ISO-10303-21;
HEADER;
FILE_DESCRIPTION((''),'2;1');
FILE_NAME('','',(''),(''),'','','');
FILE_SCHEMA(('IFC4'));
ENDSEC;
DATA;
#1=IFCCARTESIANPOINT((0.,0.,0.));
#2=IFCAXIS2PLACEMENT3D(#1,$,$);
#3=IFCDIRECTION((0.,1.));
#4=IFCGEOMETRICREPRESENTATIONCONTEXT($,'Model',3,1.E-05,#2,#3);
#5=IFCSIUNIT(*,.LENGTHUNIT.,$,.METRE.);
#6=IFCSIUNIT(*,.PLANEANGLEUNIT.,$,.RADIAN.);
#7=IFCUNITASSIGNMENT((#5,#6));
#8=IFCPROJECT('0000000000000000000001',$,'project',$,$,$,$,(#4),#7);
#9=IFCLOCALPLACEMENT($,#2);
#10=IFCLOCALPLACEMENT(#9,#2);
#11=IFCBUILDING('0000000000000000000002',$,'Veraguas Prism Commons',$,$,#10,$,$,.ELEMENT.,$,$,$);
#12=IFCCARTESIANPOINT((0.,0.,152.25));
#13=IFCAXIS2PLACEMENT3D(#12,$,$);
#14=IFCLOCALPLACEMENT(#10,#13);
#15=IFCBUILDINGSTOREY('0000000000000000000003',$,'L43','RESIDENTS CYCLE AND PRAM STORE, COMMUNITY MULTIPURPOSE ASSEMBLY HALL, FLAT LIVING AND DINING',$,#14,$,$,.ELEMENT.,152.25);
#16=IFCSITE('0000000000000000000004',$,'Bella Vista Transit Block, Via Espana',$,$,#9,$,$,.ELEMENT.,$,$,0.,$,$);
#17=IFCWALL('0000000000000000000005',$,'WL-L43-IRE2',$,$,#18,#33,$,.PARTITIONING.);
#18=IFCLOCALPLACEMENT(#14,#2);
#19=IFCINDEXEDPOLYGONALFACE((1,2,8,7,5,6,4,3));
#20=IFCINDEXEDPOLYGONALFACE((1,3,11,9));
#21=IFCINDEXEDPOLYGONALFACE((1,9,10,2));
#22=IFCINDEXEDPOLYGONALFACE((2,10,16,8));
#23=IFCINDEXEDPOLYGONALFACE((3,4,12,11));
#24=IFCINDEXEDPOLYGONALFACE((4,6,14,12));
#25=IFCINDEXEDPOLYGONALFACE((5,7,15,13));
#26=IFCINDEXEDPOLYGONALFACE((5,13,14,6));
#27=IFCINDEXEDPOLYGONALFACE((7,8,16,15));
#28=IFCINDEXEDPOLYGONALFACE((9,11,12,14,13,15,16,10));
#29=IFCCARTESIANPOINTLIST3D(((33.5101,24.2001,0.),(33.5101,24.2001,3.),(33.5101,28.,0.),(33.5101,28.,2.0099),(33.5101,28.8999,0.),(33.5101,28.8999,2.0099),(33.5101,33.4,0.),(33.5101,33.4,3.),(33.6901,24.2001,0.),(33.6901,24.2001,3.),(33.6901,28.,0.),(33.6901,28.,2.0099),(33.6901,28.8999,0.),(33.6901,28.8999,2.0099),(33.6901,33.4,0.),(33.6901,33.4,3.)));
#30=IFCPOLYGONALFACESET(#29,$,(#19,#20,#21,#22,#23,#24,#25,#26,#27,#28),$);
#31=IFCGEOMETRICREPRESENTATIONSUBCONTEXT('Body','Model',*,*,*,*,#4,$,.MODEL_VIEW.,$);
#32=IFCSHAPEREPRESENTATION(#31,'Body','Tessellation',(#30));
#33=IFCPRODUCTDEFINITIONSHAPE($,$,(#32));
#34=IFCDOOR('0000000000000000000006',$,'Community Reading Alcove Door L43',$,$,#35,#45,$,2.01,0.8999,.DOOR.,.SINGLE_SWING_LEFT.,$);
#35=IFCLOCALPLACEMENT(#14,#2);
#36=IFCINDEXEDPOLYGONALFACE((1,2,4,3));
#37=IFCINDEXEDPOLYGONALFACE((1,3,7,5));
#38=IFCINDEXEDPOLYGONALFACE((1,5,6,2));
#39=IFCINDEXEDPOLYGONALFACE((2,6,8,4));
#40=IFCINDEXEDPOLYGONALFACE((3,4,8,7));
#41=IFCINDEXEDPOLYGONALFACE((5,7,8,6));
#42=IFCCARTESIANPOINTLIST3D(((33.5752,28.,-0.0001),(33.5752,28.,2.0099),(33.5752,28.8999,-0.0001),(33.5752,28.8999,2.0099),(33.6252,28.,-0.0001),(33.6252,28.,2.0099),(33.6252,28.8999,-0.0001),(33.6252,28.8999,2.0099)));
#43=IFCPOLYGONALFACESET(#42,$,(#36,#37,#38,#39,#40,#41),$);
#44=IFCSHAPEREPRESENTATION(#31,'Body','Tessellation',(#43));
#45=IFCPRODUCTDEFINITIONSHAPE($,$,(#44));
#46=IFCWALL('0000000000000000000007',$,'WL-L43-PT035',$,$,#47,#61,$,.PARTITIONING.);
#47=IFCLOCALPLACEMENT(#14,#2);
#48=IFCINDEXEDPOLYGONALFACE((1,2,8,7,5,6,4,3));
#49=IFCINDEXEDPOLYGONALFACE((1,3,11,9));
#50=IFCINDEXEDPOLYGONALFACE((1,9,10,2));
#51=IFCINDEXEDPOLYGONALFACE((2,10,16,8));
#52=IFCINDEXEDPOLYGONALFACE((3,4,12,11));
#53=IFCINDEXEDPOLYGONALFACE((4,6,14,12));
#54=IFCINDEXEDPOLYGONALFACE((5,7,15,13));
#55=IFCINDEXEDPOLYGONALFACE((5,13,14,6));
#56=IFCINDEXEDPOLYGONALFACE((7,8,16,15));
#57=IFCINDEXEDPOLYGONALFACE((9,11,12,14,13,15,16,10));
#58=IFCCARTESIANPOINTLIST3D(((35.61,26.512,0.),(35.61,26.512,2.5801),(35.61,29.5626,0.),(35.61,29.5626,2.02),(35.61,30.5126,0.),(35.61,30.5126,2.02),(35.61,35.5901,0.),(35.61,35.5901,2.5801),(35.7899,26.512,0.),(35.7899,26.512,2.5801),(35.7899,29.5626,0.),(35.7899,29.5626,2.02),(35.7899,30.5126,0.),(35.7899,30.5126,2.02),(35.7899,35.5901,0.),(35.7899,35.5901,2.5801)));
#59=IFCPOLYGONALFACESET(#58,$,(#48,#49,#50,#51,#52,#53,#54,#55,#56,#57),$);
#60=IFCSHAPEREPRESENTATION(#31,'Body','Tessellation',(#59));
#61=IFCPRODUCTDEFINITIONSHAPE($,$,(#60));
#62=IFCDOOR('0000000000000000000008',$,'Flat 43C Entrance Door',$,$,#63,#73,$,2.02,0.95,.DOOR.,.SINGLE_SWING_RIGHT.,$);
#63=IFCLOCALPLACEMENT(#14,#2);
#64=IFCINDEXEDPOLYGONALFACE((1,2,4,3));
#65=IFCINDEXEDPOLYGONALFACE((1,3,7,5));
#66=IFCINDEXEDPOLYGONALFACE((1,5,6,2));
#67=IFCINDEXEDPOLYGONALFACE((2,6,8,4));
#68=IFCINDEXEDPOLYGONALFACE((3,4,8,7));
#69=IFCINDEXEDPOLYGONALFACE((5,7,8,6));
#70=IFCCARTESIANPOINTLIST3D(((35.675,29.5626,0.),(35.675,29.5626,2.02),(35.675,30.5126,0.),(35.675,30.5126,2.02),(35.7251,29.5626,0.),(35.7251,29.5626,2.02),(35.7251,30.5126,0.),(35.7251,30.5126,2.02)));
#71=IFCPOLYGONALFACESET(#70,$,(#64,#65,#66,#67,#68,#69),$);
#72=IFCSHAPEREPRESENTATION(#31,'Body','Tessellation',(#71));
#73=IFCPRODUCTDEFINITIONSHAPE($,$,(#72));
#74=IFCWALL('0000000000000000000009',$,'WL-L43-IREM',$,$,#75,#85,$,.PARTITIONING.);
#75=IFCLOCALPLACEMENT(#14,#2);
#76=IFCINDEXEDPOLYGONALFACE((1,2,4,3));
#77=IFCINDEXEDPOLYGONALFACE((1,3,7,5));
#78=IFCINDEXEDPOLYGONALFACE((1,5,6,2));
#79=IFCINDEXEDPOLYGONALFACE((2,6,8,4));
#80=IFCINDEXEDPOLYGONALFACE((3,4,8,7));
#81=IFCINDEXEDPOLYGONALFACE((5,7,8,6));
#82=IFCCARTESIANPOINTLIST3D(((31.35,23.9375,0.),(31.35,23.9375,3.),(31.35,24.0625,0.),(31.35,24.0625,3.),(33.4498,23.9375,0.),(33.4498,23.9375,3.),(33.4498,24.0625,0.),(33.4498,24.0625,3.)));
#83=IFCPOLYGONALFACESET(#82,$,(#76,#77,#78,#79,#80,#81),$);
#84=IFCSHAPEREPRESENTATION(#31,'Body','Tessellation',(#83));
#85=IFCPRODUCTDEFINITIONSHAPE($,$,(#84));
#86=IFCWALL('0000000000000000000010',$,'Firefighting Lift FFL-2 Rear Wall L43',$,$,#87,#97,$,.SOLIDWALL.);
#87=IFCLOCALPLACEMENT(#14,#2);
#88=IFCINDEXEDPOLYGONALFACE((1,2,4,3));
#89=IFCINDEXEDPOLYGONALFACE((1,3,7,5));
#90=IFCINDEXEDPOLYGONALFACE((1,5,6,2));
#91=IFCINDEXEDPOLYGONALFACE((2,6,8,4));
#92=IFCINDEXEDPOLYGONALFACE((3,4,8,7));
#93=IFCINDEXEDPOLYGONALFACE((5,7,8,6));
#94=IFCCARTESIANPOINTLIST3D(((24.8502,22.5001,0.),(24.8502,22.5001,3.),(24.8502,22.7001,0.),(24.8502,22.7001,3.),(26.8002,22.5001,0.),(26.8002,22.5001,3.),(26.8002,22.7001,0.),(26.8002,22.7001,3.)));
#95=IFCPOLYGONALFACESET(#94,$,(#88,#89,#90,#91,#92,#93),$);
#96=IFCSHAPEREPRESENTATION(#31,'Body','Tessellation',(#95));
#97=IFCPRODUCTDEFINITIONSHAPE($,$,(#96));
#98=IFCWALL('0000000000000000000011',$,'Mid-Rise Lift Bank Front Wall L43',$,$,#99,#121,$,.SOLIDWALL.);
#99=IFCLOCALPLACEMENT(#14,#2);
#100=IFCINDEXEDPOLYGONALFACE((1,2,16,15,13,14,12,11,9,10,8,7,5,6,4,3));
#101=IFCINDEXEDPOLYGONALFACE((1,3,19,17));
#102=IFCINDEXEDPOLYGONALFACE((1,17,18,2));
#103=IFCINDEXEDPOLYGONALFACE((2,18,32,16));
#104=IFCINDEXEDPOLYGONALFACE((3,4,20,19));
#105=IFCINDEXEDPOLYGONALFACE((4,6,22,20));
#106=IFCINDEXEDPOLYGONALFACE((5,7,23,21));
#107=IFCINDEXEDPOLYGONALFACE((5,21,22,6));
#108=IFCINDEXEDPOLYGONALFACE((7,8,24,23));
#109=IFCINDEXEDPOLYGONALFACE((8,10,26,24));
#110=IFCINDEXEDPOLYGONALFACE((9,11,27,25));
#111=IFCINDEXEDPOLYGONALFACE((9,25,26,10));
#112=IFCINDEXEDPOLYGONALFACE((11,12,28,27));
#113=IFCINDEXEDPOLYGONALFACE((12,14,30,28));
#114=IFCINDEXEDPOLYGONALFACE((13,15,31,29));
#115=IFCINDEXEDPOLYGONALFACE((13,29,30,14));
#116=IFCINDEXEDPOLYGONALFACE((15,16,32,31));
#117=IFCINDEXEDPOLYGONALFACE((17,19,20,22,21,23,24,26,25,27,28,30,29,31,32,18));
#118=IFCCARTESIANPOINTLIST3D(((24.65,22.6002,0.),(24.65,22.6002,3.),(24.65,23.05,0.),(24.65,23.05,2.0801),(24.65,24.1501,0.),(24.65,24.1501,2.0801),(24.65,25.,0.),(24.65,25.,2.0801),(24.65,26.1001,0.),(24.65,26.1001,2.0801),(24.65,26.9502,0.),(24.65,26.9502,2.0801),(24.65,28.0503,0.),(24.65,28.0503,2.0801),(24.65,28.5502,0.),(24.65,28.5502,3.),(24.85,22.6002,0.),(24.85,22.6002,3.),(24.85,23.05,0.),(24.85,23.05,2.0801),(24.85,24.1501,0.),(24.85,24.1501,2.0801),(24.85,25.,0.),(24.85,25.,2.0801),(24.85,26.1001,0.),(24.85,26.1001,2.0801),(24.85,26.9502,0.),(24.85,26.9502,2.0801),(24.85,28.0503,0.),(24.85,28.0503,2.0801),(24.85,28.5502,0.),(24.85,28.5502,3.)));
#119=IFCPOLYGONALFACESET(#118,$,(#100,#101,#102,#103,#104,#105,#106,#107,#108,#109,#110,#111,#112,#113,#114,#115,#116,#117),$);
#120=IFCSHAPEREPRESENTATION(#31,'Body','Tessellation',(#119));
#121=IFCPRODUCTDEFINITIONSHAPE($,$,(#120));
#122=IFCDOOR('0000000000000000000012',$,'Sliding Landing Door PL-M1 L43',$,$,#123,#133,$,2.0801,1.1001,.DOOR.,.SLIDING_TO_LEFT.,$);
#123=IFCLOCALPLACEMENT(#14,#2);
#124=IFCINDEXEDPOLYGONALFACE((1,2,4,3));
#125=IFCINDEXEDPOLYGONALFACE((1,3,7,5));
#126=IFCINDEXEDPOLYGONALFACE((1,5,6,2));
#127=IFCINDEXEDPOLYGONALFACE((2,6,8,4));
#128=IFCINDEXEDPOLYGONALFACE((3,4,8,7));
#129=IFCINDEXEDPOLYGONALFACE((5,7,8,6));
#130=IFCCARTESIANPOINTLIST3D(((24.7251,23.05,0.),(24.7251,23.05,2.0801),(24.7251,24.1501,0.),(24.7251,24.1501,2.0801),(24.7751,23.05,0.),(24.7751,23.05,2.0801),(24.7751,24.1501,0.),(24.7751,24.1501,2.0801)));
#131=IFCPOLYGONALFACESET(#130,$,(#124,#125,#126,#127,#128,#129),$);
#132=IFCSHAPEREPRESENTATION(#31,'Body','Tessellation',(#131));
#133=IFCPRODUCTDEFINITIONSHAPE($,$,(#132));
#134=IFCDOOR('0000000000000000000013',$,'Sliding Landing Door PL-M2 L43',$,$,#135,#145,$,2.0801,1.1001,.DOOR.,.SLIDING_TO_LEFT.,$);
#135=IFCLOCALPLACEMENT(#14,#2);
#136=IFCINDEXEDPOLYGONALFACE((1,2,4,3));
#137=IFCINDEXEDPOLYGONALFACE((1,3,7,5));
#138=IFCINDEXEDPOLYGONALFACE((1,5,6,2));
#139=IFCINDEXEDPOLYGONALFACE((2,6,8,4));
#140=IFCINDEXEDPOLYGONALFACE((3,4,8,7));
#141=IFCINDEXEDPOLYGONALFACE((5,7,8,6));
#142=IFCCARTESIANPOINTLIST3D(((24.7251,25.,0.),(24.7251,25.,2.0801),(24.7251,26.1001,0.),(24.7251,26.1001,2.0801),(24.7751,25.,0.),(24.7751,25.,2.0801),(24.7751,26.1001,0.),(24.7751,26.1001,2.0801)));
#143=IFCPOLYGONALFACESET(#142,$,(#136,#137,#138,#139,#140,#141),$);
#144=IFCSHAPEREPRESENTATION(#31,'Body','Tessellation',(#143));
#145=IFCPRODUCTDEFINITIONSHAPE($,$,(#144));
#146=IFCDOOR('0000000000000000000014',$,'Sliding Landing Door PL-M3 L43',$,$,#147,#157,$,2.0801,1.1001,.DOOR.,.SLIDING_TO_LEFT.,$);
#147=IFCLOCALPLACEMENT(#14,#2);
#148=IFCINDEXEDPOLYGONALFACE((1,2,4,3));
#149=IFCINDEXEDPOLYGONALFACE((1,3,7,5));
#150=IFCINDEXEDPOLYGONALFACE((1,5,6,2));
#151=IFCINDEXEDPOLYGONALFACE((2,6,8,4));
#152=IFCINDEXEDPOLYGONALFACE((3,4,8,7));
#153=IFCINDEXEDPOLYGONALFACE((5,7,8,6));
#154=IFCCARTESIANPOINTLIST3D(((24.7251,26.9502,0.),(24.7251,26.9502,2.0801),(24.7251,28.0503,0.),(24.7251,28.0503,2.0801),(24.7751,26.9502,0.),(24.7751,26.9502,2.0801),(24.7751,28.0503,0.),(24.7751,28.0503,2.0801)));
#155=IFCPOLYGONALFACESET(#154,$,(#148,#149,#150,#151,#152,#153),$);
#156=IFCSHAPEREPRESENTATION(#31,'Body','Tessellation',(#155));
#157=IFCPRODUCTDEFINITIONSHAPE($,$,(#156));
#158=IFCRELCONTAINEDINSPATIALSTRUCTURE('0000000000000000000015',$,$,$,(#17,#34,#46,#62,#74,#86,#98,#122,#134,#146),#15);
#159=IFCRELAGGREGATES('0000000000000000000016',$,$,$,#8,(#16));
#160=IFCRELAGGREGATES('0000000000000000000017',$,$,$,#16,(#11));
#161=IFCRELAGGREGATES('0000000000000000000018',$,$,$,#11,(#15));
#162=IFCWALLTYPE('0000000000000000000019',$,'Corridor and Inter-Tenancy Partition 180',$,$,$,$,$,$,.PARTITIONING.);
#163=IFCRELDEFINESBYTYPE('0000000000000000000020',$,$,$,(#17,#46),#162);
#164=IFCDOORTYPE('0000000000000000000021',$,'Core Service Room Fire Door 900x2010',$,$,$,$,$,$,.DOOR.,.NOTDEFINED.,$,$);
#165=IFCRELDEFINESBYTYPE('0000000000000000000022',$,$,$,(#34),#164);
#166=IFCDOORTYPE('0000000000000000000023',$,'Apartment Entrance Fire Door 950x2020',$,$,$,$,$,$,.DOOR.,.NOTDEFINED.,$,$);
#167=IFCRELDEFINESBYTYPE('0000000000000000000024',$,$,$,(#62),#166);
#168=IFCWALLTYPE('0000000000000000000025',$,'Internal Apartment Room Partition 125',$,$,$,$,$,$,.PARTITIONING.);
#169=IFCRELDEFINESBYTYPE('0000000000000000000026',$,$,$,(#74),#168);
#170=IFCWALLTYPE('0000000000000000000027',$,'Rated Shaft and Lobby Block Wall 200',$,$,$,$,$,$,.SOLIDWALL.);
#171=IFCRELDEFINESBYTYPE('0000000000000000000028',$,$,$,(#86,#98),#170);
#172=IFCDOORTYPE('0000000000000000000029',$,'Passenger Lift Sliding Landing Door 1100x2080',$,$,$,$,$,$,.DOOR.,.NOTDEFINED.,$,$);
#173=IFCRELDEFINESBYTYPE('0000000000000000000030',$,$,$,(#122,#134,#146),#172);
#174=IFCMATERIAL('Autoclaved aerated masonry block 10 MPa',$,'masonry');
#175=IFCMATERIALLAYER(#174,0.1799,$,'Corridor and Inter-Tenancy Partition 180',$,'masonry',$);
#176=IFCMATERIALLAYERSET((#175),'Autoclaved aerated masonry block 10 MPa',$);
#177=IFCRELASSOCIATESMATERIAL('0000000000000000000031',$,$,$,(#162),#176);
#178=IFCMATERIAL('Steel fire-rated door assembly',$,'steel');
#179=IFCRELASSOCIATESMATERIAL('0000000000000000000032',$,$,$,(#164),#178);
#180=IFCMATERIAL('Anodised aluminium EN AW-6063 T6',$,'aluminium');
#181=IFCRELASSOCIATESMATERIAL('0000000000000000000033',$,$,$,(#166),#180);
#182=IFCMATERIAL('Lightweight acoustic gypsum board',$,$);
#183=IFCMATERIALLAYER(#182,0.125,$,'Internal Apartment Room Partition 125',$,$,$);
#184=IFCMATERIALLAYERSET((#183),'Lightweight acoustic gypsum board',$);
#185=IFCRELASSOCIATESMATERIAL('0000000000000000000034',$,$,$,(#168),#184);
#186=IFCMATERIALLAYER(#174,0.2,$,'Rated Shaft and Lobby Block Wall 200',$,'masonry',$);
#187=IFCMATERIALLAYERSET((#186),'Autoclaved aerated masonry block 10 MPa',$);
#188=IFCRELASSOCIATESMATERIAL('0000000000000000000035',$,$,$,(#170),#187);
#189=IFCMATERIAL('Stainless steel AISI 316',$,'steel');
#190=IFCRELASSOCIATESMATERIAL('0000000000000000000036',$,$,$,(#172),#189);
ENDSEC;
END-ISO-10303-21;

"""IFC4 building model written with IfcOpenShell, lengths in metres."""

from ifc_helpers import new_model, si_unit, direction, frame, frame_2d, origin, place, context, subcontext, project, spatial, rectangle, extrude, source, transform, mapped, material, layer, layer_set, type_object, element, fill, save


model = new_model("IFC4")

# Units and contexts
model_context = context("Model", 3, precision=1e-05, world=origin(), true_north=direction((0.0, 1.0)))
body_context = subcontext(model_context, "Body", "Model", "MODEL_VIEW")
ifc_project = project(units=[si_unit("LENGTHUNIT", "METRE"), si_unit("PLANEANGLEUNIT", "RADIAN")], contexts=[model_context])

# Site, building, storey
site_placement = place(None, origin())
site = spatial("IfcSite", under=ifc_project, at=site_placement, Name="Bella Vista Transit Block, Via Espana", CompositionType="ELEMENT", RefElevation=0.0)
building_placement = place(site_placement, origin())
building = spatial("IfcBuilding", under=site, at=building_placement, Name="Veraguas Prism Commons", CompositionType="ELEMENT")
storey_placement = place(building_placement, frame((0.0, 0.0, 152.25)))
storey = spatial("IfcBuildingStorey", under=building, at=storey_placement, Name="L43", Description="RESIDENTS CYCLE AND PRAM STORE, COMMUNITY MULTIPURPOSE ASSEMBLY HALL, FLAT LIVING AND DINING", CompositionType="ELEMENT", Elevation=152.25)

# Shared definitions
ifc_material_1 = material(Name="Steel fire-rated door assembly", Category="steel")

# Walls, openings, doors
ifc_material_2 = material(Name="Autoclaved aerated masonry block 10 MPa", Category="masonry")
ifc_layer_1 = layer(ifc_material_2, 0.1799, Name="Corridor and Inter-Tenancy Partition 180", Category="masonry")
ifc_layer_set_1 = layer_set([ifc_layer_1], Name="Autoclaved aerated masonry block 10 MPa")
wall_type_1 = type_object("IfcWallType", Name="Corridor and Inter-Tenancy Partition 180", PredefinedType="PARTITIONING", material=ifc_layer_set_1)
door_type_1 = type_object("IfcDoorType", Name="Core Service Room Fire Door 900x2010", OperationType="NOTDEFINED", PredefinedType="DOOR", material=ifc_material_1)
shared_shape_1 = source(origin(), body_context, "Body", "SweptSolid", [
    extrude(rectangle(XDim=0.8999, YDim=2.01, at=frame_2d((0.45, 1.0049))), frame((0.0, 0.0249, 0.0), z_axis=(0.0, -1.0, 0.0), x_axis=(1.0, 0.0, 0.0)), (0.0, 0.0, 1.0), 0.05),
])
wall_1_placement = place(storey_placement, frame((33.6001, 24.2, 0.0), z_axis=(0.0, 0.0, 1.0), x_axis=(0.0, 1.0, 0.0)))
wall_1 = element("IfcWall", 1, at=wall_1_placement, inside=storey, type_object=wall_type_1, Name="WL-L43-IRE2", PredefinedType="PARTITIONING", context=body_context, shape_type="SweptSolid", body=[
    extrude(rectangle(XDim=9.2, YDim=0.1799, at=frame_2d((4.6001, 0.0))), origin(), (0.0, 0.0, 1.0), 3.0),
])
opening_1_placement = place(wall_1_placement, frame((3.8, 0.0, 0.0)))
opening_1 = element("IfcOpeningElement", 2, at=opening_1_placement, cuts=wall_1, PredefinedType="OPENING", context=body_context, shape_type="SweptSolid", body=[
    extrude(rectangle(XDim=0.8999, YDim=2.01, at=frame_2d((0.45, 1.0049))), frame((0.0, 0.0999, 0.0), z_axis=(0.0, -1.0, 0.0), x_axis=(1.0, 0.0, 0.0)), (0.0, 0.0, 1.0), 0.2),
])
door_1_placement = place(opening_1_placement, origin())
door_1 = element("IfcDoor", 3, at=door_1_placement, inside=storey, type_object=door_type_1, Name="Community Reading Alcove Door L43", OperationType="SINGLE_SWING_LEFT", OverallHeight=2.01, OverallWidth=0.8999, PredefinedType="DOOR", context=body_context, shape_type="MappedRepresentation", body=[
    mapped(shared_shape_1, transform((0.0, 0.0, 0.0), scale=1.0)),
])
fill(opening_1, door_1)
wall_2_placement = place(storey_placement, frame((35.7, 26.512, 0.0), z_axis=(0.0, 0.0, 1.0), x_axis=(0.0, 1.0, 0.0)))
wall_2 = element("IfcWall", 4, at=wall_2_placement, inside=storey, type_object=wall_type_1, Name="WL-L43-PT035", PredefinedType="PARTITIONING", context=body_context, shape_type="SweptSolid", body=[
    extrude(rectangle(XDim=9.0781, YDim=0.1799, at=frame_2d((4.5391, 0.0))), origin(), (0.0, 0.0, 1.0), 2.5801),
])
opening_2_placement = place(wall_2_placement, frame((3.0505, 0.0, 0.0)))
opening_2 = element("IfcOpeningElement", 5, at=opening_2_placement, cuts=wall_2, PredefinedType="OPENING", context=body_context, shape_type="SweptSolid", body=[
    extrude(rectangle(XDim=0.95, YDim=2.02, at=frame_2d((0.4751, 1.01))), frame((0.0, 0.0999, 0.0), z_axis=(0.0, -1.0, 0.0), x_axis=(1.0, 0.0, 0.0)), (0.0, 0.0, 1.0), 0.2),
])
ifc_material_3 = material(Name="Anodised aluminium EN AW-6063 T6", Category="aluminium")
door_type_2 = type_object("IfcDoorType", Name="Apartment Entrance Fire Door 950x2020", OperationType="NOTDEFINED", PredefinedType="DOOR", material=ifc_material_3)
shared_shape_2 = source(origin(), body_context, "Body", "SweptSolid", [
    extrude(rectangle(XDim=0.95, YDim=2.02, at=frame_2d((0.4751, 1.01))), frame((0.0, 0.0249, 0.0), z_axis=(0.0, -1.0, 0.0), x_axis=(1.0, 0.0, 0.0)), (0.0, 0.0, 1.0), 0.05),
])
door_2_placement = place(opening_2_placement, origin())
door_2 = element("IfcDoor", 6, at=door_2_placement, inside=storey, type_object=door_type_2, Name="Flat 43C Entrance Door", OperationType="SINGLE_SWING_RIGHT", OverallHeight=2.02, OverallWidth=0.95, PredefinedType="DOOR", context=body_context, shape_type="MappedRepresentation", body=[
    mapped(shared_shape_2, transform((0.0, 0.0, 0.0), scale=1.0)),
])
fill(opening_2, door_2)

# Walls
ifc_material_4 = material(Name="Lightweight acoustic gypsum board")
ifc_layer_2 = layer(ifc_material_4, 0.125, Name="Internal Apartment Room Partition 125")
ifc_layer_set_2 = layer_set([ifc_layer_2], Name="Lightweight acoustic gypsum board")
wall_type_2 = type_object("IfcWallType", Name="Internal Apartment Room Partition 125", PredefinedType="PARTITIONING", material=ifc_layer_set_2)
wall_3_placement = place(storey_placement, frame((31.3501, 24.0, 0.0), z_axis=(0.0, 0.0, 1.0), x_axis=(1.0, 0.0, 0.0)))
element("IfcWall", 7, at=wall_3_placement, inside=storey, type_object=wall_type_2, Name="WL-L43-IREM", PredefinedType="PARTITIONING", context=body_context, shape_type="SweptSolid", body=[
    extrude(rectangle(XDim=2.0999, YDim=0.125, at=frame_2d((1.0498, 0.0))), origin(), (0.0, 0.0, 1.0), 3.0),
])
ifc_layer_3 = layer(ifc_material_2, 0.2, Name="Rated Shaft and Lobby Block Wall 200", Category="masonry")
ifc_layer_set_3 = layer_set([ifc_layer_3], Name="Autoclaved aerated masonry block 10 MPa")
wall_type_3 = type_object("IfcWallType", Name="Rated Shaft and Lobby Block Wall 200", PredefinedType="SOLIDWALL", material=ifc_layer_set_3)
wall_4_placement = place(storey_placement, frame((24.8501, 22.6001, 0.0), z_axis=(0.0, 0.0, 1.0), x_axis=(1.0, 0.0, 0.0)))
element("IfcWall", 8, at=wall_4_placement, inside=storey, type_object=wall_type_3, Name="Firefighting Lift FFL-2 Rear Wall L43", PredefinedType="SOLIDWALL", context=body_context, shape_type="SweptSolid", body=[
    extrude(rectangle(XDim=1.95, YDim=0.2, at=frame_2d((0.9751, 0.0))), origin(), (0.0, 0.0, 1.0), 3.0),
])

# Wall, openings, doors
wall_5_placement = place(storey_placement, frame((24.75, 22.6001, 0.0), z_axis=(0.0, 0.0, 1.0), x_axis=(0.0, 1.0, 0.0)))
wall_5 = element("IfcWall", 9, at=wall_5_placement, inside=storey, type_object=wall_type_3, Name="Mid-Rise Lift Bank Front Wall L43", PredefinedType="SOLIDWALL", context=body_context, shape_type="SweptSolid", body=[
    extrude(rectangle(XDim=5.95, YDim=0.2, at=frame_2d((2.9751, 0.0))), origin(), (0.0, 0.0, 1.0), 3.0),
])
opening_3_placement = place(wall_5_placement, frame((0.45, 0.0, 0.0)))
opening_3 = element("IfcOpeningElement", 10, at=opening_3_placement, cuts=wall_5, PredefinedType="OPENING", context=body_context, shape_type="SweptSolid", body=[
    extrude(rectangle(XDim=1.1001, YDim=2.0801, at=frame_2d((0.55, 1.04))), frame((0.0, 0.1099, 0.0), z_axis=(0.0, -1.0, 0.0), x_axis=(1.0, 0.0, 0.0)), (0.0, 0.0, 1.0), 0.22),
])
opening_4_placement = place(wall_5_placement, frame((2.3999, 0.0, 0.0)))
opening_4 = element("IfcOpeningElement", 11, at=opening_4_placement, cuts=wall_5, PredefinedType="OPENING", context=body_context, shape_type="SweptSolid", body=[
    extrude(rectangle(XDim=1.1001, YDim=2.0801, at=frame_2d((0.55, 1.04))), frame((0.0, 0.1099, 0.0), z_axis=(0.0, -1.0, 0.0), x_axis=(1.0, 0.0, 0.0)), (0.0, 0.0, 1.0), 0.22),
])
opening_5_placement = place(wall_5_placement, frame((4.3501, 0.0, 0.0)))
opening_5 = element("IfcOpeningElement", 12, at=opening_5_placement, cuts=wall_5, PredefinedType="OPENING", context=body_context, shape_type="SweptSolid", body=[
    extrude(rectangle(XDim=1.1001, YDim=2.0801, at=frame_2d((0.55, 1.04))), frame((0.0, 0.1099, 0.0), z_axis=(0.0, -1.0, 0.0), x_axis=(1.0, 0.0, 0.0)), (0.0, 0.0, 1.0), 0.22),
])
ifc_material_5 = material(Name="Stainless steel AISI 316", Category="steel")
door_type_3 = type_object("IfcDoorType", Name="Passenger Lift Sliding Landing Door 1100x2080", OperationType="NOTDEFINED", PredefinedType="DOOR", material=ifc_material_5)
shared_shape_3 = source(origin(), body_context, "Body", "SweptSolid", [
    extrude(rectangle(XDim=1.1001, YDim=2.0801, at=frame_2d((0.55, 1.04))), frame((0.0, 0.0249, 0.0), z_axis=(0.0, -1.0, 0.0), x_axis=(1.0, 0.0, 0.0)), (0.0, 0.0, 1.0), 0.05),
])
door_3_placement = place(opening_3_placement, origin())
door_3 = element("IfcDoor", 13, at=door_3_placement, inside=storey, type_object=door_type_3, Name="Sliding Landing Door PL-M1 L43", OperationType="SLIDING_TO_LEFT", OverallHeight=2.0801, OverallWidth=1.1001, PredefinedType="DOOR", context=body_context, shape_type="MappedRepresentation", body=[
    mapped(shared_shape_3, transform((0.0, 0.0, 0.0), scale=1.0)),
])
fill(opening_3, door_3)
door_4_placement = place(opening_4_placement, origin())
door_4 = element("IfcDoor", 14, at=door_4_placement, inside=storey, type_object=door_type_3, Name="Sliding Landing Door PL-M2 L43", OperationType="SLIDING_TO_LEFT", OverallHeight=2.0801, OverallWidth=1.1001, PredefinedType="DOOR", context=body_context, shape_type="MappedRepresentation", body=[
    mapped(shared_shape_3, transform((0.0, 0.0, 0.0), scale=1.0)),
])
fill(opening_4, door_4)
door_5_placement = place(opening_5_placement, origin())
door_5 = element("IfcDoor", 15, at=door_5_placement, inside=storey, type_object=door_type_3, Name="Sliding Landing Door PL-M3 L43", OperationType="SLIDING_TO_LEFT", OverallHeight=2.0801, OverallWidth=1.1001, PredefinedType="DOOR", context=body_context, shape_type="MappedRepresentation", body=[
    mapped(shared_shape_3, transform((0.0, 0.0, 0.0), scale=1.0)),
])
fill(opening_5, door_5)

save(model, "model.ifc")
